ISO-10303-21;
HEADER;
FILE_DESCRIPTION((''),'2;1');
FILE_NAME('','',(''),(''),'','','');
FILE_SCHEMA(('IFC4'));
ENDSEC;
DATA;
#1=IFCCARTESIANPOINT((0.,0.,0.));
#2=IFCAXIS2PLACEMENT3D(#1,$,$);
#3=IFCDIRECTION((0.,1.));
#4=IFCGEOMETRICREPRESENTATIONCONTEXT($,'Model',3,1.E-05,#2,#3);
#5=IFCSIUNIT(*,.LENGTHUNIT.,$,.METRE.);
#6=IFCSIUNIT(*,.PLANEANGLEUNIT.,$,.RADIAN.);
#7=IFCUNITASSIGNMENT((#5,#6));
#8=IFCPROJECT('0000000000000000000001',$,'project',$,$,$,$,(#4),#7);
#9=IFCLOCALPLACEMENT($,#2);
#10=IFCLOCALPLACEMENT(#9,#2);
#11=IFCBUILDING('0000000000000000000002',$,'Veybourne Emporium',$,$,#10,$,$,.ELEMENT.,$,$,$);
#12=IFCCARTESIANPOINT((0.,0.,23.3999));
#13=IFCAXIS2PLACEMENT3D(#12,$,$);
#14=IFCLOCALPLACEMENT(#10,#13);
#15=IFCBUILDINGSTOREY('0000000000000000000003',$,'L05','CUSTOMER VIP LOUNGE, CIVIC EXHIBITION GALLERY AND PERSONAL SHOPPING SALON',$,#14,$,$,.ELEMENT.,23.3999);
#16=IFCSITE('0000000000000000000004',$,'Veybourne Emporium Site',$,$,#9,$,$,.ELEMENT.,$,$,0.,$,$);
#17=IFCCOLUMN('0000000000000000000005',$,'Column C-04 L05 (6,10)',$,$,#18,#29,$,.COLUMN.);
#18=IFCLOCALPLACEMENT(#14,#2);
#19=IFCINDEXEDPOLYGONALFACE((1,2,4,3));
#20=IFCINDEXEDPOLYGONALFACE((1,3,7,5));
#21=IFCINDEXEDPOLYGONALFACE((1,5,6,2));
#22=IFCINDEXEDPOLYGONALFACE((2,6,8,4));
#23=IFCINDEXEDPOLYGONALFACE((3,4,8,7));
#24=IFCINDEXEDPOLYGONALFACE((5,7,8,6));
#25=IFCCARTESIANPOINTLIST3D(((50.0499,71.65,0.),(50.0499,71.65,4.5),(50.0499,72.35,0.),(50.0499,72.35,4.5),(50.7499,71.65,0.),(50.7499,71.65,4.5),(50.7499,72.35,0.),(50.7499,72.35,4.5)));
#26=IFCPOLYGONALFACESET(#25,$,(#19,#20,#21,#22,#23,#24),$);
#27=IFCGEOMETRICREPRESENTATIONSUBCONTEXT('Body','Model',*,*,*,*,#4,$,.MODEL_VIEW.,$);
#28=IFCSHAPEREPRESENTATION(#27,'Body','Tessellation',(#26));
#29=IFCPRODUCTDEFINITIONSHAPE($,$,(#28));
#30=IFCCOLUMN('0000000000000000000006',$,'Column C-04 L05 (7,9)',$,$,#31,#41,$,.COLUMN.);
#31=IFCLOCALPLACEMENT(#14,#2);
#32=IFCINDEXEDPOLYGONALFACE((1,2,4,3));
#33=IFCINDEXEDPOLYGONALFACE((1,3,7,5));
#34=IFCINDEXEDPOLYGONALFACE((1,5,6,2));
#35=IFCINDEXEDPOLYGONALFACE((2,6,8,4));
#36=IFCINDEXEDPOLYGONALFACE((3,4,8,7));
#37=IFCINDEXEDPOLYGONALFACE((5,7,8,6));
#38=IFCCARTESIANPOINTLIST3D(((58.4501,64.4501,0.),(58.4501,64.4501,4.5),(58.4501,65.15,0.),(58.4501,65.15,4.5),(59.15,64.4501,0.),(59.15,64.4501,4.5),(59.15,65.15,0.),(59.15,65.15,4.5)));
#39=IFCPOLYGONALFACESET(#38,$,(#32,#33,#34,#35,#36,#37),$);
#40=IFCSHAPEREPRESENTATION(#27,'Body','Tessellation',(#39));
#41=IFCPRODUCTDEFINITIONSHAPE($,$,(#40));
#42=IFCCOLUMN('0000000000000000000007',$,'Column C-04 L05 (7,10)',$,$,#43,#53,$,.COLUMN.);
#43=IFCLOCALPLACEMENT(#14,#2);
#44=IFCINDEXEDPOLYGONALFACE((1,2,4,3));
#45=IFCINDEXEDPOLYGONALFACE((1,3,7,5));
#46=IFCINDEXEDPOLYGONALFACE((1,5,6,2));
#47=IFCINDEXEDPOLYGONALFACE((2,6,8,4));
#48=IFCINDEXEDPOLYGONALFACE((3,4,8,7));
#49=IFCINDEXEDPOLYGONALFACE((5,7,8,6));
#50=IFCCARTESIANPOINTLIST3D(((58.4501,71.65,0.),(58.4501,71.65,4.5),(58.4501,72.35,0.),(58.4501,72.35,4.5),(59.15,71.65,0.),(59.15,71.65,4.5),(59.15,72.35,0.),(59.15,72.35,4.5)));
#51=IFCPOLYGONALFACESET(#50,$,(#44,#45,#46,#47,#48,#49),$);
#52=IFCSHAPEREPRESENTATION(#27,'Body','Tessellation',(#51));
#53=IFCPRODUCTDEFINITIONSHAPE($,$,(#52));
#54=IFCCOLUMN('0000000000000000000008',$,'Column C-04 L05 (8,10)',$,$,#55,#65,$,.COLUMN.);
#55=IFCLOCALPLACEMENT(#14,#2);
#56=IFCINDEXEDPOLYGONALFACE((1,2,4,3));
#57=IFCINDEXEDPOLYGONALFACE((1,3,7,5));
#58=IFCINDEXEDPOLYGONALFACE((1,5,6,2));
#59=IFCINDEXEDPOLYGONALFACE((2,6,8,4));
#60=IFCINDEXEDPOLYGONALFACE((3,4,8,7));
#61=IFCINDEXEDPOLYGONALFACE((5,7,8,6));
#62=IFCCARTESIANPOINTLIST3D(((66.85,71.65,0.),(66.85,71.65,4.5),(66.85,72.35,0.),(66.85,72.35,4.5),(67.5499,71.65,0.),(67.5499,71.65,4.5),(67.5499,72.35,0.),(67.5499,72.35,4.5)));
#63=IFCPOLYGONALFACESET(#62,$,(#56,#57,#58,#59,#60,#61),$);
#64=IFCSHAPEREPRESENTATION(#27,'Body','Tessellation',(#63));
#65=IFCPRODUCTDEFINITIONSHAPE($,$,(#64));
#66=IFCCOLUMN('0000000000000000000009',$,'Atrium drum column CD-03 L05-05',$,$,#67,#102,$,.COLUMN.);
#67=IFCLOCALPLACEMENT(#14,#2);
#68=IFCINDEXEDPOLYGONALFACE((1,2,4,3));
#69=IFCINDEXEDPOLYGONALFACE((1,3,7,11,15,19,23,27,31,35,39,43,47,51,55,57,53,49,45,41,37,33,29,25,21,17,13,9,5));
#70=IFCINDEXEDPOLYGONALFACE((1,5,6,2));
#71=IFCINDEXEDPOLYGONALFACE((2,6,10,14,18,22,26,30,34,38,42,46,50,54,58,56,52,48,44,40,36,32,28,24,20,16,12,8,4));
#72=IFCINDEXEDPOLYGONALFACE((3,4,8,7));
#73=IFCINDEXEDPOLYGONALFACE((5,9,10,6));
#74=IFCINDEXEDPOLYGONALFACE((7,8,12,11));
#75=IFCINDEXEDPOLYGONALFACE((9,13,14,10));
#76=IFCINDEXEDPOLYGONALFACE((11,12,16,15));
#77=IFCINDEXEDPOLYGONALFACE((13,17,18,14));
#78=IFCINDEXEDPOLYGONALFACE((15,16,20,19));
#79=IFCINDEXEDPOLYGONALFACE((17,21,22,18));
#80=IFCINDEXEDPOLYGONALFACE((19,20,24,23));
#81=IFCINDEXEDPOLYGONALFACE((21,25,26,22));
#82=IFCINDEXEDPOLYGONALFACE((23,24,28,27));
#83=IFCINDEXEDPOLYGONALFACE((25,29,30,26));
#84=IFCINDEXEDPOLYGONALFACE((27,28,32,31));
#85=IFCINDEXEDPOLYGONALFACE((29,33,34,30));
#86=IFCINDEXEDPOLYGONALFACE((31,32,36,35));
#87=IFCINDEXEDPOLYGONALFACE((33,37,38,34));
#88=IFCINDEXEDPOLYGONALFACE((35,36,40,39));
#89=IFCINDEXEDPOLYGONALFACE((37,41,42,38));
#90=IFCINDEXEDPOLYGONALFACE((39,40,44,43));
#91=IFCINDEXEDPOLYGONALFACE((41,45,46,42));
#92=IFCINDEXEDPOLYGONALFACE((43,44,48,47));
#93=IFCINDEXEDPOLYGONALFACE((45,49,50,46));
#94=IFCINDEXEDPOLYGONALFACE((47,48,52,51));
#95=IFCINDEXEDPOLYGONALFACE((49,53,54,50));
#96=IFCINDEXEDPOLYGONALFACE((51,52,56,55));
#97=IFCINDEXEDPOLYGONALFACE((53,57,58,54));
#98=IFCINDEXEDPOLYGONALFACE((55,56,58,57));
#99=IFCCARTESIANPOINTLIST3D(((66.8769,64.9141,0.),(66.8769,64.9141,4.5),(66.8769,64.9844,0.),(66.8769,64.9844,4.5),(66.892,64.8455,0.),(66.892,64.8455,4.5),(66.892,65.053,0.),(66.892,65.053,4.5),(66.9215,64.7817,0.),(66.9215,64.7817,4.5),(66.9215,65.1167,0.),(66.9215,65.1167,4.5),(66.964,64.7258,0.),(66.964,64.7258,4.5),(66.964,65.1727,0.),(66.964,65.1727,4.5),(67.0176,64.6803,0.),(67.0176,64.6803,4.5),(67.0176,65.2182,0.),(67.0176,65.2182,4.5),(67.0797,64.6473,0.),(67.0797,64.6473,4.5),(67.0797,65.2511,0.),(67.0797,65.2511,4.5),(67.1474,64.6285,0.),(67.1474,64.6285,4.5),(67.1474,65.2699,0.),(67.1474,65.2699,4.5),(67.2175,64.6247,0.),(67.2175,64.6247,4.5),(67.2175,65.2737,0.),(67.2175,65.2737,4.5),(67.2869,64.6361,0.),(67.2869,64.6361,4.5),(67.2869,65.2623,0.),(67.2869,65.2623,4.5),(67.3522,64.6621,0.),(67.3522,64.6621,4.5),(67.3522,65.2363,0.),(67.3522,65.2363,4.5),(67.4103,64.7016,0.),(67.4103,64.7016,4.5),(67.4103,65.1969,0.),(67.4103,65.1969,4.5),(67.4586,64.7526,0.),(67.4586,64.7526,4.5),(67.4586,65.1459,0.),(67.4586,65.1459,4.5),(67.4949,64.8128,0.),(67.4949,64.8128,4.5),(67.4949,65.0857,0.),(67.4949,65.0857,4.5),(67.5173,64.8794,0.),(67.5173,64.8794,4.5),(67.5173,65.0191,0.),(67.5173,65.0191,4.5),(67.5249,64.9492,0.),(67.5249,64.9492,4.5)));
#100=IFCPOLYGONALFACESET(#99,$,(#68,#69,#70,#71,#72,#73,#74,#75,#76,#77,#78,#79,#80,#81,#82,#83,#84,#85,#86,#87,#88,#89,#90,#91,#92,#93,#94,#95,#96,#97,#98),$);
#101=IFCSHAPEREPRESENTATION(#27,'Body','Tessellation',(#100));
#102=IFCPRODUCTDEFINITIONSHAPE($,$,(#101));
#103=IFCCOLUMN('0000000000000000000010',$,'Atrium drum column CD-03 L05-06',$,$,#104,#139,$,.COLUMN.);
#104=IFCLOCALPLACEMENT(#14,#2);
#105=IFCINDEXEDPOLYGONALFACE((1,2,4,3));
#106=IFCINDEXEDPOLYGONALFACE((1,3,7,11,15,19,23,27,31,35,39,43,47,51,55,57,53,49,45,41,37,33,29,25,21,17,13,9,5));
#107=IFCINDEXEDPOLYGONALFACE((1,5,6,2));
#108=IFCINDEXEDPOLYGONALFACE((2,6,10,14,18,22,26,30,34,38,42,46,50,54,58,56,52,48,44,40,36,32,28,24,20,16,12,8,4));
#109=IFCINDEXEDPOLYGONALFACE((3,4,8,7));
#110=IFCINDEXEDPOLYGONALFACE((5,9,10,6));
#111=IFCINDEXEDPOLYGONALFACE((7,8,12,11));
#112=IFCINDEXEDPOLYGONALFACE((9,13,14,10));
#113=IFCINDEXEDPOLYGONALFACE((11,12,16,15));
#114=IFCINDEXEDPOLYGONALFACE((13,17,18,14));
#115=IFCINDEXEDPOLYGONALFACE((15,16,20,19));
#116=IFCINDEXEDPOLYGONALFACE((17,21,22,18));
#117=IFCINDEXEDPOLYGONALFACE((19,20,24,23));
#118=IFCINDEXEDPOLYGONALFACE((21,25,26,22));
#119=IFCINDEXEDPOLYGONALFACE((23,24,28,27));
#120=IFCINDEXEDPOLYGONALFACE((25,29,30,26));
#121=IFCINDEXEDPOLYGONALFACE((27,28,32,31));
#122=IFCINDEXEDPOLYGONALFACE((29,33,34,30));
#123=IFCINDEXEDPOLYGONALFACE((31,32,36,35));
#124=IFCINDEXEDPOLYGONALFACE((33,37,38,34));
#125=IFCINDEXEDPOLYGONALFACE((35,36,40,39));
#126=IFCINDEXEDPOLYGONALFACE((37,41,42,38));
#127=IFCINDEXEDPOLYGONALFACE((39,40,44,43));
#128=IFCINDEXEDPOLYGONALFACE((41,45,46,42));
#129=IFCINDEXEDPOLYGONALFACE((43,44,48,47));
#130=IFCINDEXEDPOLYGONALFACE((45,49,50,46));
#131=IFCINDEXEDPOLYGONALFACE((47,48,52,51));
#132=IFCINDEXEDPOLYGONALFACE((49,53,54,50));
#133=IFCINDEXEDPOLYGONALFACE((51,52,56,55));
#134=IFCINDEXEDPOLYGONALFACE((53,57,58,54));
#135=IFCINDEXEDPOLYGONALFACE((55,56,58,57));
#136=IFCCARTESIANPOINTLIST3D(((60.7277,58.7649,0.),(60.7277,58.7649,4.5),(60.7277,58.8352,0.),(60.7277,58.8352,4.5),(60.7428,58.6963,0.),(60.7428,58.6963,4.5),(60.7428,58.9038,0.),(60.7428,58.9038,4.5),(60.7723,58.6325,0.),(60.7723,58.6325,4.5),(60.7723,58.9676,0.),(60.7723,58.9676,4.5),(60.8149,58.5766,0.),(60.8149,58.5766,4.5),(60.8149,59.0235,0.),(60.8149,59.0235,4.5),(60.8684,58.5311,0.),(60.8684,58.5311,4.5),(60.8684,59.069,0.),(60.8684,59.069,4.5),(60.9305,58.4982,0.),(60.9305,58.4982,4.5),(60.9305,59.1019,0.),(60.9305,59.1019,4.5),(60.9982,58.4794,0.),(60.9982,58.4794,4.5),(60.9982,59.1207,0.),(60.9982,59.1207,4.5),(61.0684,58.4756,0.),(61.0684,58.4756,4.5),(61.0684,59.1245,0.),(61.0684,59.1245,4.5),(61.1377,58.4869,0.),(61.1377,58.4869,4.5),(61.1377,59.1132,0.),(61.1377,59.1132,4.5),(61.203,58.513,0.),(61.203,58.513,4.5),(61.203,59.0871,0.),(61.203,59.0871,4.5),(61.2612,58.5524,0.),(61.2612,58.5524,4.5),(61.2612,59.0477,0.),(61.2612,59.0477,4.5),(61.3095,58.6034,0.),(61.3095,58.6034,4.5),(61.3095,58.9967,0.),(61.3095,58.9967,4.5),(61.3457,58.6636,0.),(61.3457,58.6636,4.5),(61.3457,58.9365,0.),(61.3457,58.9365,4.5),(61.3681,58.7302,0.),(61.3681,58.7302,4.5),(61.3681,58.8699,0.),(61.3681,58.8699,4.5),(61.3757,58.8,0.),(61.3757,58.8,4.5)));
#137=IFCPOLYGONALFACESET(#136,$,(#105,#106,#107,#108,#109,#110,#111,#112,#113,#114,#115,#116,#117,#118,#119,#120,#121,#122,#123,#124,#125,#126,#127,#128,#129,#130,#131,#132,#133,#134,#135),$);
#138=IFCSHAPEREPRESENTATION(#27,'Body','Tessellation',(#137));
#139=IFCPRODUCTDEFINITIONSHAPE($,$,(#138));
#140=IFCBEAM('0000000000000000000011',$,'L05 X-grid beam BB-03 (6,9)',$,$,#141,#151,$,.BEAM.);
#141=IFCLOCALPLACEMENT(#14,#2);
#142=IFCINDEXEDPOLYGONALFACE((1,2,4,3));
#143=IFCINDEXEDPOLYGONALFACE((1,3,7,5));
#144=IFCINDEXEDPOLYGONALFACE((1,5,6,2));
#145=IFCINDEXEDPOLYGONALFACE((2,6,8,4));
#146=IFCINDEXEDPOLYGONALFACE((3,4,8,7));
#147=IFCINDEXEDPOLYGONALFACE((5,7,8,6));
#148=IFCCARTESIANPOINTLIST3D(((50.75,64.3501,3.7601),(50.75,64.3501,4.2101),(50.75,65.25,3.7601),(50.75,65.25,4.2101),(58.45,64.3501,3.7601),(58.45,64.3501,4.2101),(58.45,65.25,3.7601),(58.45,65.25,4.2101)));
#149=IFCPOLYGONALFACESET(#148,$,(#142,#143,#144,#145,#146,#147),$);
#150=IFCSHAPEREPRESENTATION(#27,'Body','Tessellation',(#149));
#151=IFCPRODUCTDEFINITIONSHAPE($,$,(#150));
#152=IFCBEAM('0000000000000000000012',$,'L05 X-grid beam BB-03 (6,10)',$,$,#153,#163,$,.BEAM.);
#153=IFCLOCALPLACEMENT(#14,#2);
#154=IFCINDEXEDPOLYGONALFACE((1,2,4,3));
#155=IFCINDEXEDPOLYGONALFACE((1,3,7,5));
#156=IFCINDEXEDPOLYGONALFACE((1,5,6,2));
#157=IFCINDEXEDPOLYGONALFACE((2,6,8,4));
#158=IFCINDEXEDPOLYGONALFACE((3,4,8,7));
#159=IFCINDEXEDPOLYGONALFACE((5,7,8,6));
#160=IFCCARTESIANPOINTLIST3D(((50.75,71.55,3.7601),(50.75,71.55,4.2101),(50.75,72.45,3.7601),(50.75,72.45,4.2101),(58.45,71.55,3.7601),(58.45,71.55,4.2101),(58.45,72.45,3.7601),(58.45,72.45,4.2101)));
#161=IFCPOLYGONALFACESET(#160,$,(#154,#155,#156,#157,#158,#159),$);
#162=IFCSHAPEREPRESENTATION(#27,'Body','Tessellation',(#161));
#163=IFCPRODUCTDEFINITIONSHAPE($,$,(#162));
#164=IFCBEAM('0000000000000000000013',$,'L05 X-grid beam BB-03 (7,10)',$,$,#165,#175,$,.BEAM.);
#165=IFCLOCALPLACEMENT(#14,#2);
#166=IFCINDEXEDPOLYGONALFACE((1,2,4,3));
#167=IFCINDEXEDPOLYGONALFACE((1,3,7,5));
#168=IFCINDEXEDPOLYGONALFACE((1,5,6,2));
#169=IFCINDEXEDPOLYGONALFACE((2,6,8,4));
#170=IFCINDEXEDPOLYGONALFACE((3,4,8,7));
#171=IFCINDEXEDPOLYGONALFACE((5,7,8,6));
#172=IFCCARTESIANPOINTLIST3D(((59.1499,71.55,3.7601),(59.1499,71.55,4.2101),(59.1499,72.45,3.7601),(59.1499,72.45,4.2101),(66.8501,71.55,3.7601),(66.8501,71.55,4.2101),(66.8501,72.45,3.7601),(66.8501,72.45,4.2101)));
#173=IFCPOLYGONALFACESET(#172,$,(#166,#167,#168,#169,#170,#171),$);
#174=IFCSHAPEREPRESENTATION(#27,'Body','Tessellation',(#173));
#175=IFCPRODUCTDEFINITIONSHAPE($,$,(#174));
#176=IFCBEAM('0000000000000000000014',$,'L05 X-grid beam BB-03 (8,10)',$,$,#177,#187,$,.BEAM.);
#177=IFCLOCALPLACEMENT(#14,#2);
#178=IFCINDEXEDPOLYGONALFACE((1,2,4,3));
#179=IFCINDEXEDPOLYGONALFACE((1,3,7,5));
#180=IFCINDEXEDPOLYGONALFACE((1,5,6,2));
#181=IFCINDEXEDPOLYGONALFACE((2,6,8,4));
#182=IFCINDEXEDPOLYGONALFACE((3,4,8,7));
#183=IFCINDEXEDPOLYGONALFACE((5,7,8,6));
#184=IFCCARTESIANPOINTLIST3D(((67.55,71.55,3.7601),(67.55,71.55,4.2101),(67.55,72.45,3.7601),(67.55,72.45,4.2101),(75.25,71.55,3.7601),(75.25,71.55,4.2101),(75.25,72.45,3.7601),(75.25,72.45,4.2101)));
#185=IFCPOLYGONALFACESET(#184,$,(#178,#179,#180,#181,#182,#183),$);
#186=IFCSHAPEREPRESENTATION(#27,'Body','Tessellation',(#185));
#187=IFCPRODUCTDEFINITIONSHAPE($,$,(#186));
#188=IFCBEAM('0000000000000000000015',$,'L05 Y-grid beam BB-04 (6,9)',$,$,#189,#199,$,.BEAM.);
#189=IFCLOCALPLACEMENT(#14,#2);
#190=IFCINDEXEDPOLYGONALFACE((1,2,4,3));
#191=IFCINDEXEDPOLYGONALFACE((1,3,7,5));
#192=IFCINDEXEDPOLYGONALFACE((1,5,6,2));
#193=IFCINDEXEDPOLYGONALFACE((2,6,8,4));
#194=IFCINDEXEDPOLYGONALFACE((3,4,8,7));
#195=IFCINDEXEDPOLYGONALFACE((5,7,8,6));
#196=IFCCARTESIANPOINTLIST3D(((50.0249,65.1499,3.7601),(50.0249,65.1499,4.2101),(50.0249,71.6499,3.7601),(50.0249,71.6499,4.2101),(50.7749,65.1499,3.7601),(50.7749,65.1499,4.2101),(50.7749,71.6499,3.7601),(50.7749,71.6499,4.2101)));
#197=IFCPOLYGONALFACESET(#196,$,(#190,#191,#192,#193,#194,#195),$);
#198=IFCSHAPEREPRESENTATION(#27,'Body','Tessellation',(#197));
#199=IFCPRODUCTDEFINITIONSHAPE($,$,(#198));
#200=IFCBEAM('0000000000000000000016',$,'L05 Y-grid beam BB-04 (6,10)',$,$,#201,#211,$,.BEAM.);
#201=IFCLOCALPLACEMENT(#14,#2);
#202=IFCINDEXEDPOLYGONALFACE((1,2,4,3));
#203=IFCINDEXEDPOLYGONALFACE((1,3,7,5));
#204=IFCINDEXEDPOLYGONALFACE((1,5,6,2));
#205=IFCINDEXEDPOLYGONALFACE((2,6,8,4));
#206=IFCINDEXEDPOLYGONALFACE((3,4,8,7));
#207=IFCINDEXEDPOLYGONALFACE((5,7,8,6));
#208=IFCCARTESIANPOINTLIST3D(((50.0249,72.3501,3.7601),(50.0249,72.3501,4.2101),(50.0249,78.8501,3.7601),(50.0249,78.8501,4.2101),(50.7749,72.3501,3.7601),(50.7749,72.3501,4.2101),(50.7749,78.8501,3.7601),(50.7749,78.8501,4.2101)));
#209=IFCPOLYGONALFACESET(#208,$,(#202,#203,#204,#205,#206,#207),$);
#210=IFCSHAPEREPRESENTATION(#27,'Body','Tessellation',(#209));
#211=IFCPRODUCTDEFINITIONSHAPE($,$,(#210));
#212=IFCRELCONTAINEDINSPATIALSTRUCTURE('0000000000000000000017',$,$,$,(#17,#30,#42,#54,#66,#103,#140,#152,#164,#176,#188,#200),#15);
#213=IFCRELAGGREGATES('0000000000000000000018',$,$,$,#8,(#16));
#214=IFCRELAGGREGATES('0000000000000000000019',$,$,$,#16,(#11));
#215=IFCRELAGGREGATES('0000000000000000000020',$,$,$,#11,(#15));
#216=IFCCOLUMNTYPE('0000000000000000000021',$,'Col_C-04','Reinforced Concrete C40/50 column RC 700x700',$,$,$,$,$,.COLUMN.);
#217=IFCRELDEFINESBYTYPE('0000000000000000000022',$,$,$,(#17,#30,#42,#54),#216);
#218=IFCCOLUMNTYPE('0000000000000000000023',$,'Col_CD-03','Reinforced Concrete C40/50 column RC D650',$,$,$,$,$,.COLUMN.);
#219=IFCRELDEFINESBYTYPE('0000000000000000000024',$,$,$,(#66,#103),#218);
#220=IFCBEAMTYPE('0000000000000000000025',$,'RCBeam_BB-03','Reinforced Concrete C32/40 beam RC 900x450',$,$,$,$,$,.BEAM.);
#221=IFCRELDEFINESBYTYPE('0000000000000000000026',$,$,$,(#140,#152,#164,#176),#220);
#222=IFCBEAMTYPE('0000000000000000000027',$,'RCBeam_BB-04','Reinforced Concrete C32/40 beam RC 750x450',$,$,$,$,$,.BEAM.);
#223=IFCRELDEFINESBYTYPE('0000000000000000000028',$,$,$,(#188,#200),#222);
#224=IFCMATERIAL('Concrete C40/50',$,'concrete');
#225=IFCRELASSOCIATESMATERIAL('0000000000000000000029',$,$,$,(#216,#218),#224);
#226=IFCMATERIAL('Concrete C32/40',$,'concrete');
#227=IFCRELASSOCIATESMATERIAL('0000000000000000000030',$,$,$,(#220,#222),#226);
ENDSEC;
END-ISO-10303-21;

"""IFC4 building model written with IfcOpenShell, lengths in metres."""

from ifc_helpers import new_model, si_unit, direction, frame, origin, origin_2d, place, context, subcontext, project, spatial, rectangle, circle, extrude, material, material_profile, profile_set, type_object, element, save


model = new_model("IFC4")

# Units and contexts
model_context = context("Model", 3, precision=1e-05, world=origin(), true_north=direction((0.0, 1.0)))
body_context = subcontext(model_context, "Body", "Model", "MODEL_VIEW")
ifc_project = project(units=[si_unit("LENGTHUNIT", "METRE"), si_unit("PLANEANGLEUNIT", "RADIAN")], contexts=[model_context])

# Site, building, storey
site_placement = place(None, origin())
site = spatial("IfcSite", under=ifc_project, at=site_placement, Name="Veybourne Emporium Site", CompositionType="ELEMENT", RefElevation=0.0)
building_placement = place(site_placement, origin())
building = spatial("IfcBuilding", under=site, at=building_placement, Name="Veybourne Emporium", CompositionType="ELEMENT")
storey_placement = place(building_placement, frame((0.0, 0.0, 23.3999)))
storey = spatial("IfcBuildingStorey", under=building, at=storey_placement, Name="L05", Description="CUSTOMER VIP LOUNGE, CIVIC EXHIBITION GALLERY AND PERSONAL SHOPPING SALON", CompositionType="ELEMENT", Elevation=23.3999)

# Columns
ifc_material_1 = material(Name="Concrete C40/50", Category="concrete")
ifc_material_profile_1 = material_profile(ifc_material_1, rectangle(XDim=0.7, YDim=0.7, at=origin_2d()), Name="RC 700x700")
ifc_profile_set_1 = profile_set([ifc_material_profile_1], Name="Concrete C40/50")
column_type_1 = type_object("IfcColumnType", Name="Col_C-04", Description="Reinforced Concrete C40/50 column RC 700x700", PredefinedType="COLUMN", material=ifc_profile_set_1)
for number, where, z_axis, x_axis, name in (
    (1, (50.3999, 72.0, 0.0), (0.0, 0.0, 1.0), (1.0, 0.0, 0.0), "Column C-04 L05 (6,10)"),
    (2, (58.8, 64.8, 0.0), (0.0, 0.0, 1.0), (1.0, 0.0, 0.0), "Column C-04 L05 (7,9)"),
    (3, (58.8, 72.0, 0.0), (0.0, 0.0, 1.0), (1.0, 0.0, 0.0), "Column C-04 L05 (7,10)"),
    (4, (67.2, 72.0, 0.0), (0.0, 0.0, 1.0), (1.0, 0.0, 0.0), "Column C-04 L05 (8,10)"),
):
    element("IfcColumn", number, at=place(storey_placement, frame(where, z_axis=z_axis, x_axis=x_axis)), inside=storey, type_object=column_type_1, Name=name, PredefinedType="COLUMN", context=body_context, shape_type="SweptSolid", body=[
        extrude(rectangle(XDim=0.7, YDim=0.7, at=origin_2d()), origin(), (0.0, 0.0, 1.0), 4.5),
    ])
ifc_material_profile_2 = material_profile(ifc_material_1, circle(Radius=0.325, at=origin_2d()), Name="RC D650")
ifc_profile_set_2 = profile_set([ifc_material_profile_2], Name="Concrete C40/50")
column_type_2 = type_object("IfcColumnType", Name="Col_CD-03", Description="Reinforced Concrete C40/50 column RC D650", PredefinedType="COLUMN", material=ifc_profile_set_2)
for number, where, z_axis, x_axis, name in (
    (5, (67.2, 64.9492, 0.0), (0.0, 0.0, 1.0), (1.0, 0.0, 0.0), "Atrium drum column CD-03 L05-05"),
    (6, (61.0508, 58.8, 0.0), (0.0, 0.0, 1.0), (1.0, 0.0, 0.0), "Atrium drum column CD-03 L05-06"),
):
    element("IfcColumn", number, at=place(storey_placement, frame(where, z_axis=z_axis, x_axis=x_axis)), inside=storey, type_object=column_type_2, Name=name, PredefinedType="COLUMN", context=body_context, shape_type="SweptSolid", body=[
        extrude(circle(Radius=0.325, at=origin_2d()), origin(), (0.0, 0.0, 1.0), 4.5),
    ])

# Beams
ifc_material_2 = material(Name="Concrete C32/40", Category="concrete")
ifc_material_profile_3 = material_profile(ifc_material_2, rectangle(XDim=0.8999, YDim=0.45, at=origin_2d()), Name="RC 900x450")
ifc_profile_set_3 = profile_set([ifc_material_profile_3], Name="Concrete C32/40")
beam_type_1 = type_object("IfcBeamType", Name="RCBeam_BB-03", Description="Reinforced Concrete C32/40 beam RC 900x450", PredefinedType="BEAM", material=ifc_profile_set_3)
for number, where, z_axis, x_axis, name in (
    (7, (50.75, 64.8, 3.9851), (1.0, 0.0, 0.0), (0.0, 1.0, 0.0), "L05 X-grid beam BB-03 (6,9)"),
    (8, (50.75, 72.0, 3.9851), (1.0, 0.0, 0.0), (0.0, 1.0, 0.0), "L05 X-grid beam BB-03 (6,10)"),
):
    element("IfcBeam", number, at=place(storey_placement, frame(where, z_axis=z_axis, x_axis=x_axis)), inside=storey, type_object=beam_type_1, Name=name, PredefinedType="BEAM", context=body_context, shape_type="SweptSolid", body=[
        extrude(rectangle(XDim=0.8999, YDim=0.45, at=origin_2d()), origin(), (0.0, 0.0, 1.0), 7.7),
    ])
beam_1_placement = place(storey_placement, frame((59.1499, 72.0, 3.9851), z_axis=(1.0, 0.0, 0.0), x_axis=(0.0, 1.0, 0.0)))
element("IfcBeam", 9, at=beam_1_placement, inside=storey, type_object=beam_type_1, Name="L05 X-grid beam BB-03 (7,10)", PredefinedType="BEAM", context=body_context, shape_type="SweptSolid", body=[
    extrude(rectangle(XDim=0.8999, YDim=0.45, at=origin_2d()), origin(), (0.0, 0.0, 1.0), 7.7002),
])
beam_2_placement = place(storey_placement, frame((67.55, 72.0, 3.9851), z_axis=(1.0, 0.0, 0.0), x_axis=(0.0, 1.0, 0.0)))
element("IfcBeam", 10, at=beam_2_placement, inside=storey, type_object=beam_type_1, Name="L05 X-grid beam BB-03 (8,10)", PredefinedType="BEAM", context=body_context, shape_type="SweptSolid", body=[
    extrude(rectangle(XDim=0.8999, YDim=0.45, at=origin_2d()), origin(), (0.0, 0.0, 1.0), 7.7),
])
ifc_material_profile_4 = material_profile(ifc_material_2, rectangle(XDim=0.75, YDim=0.45, at=origin_2d()), Name="RC 750x450")
ifc_profile_set_4 = profile_set([ifc_material_profile_4], Name="Concrete C32/40")
beam_type_2 = type_object("IfcBeamType", Name="RCBeam_BB-04", Description="Reinforced Concrete C32/40 beam RC 750x450", PredefinedType="BEAM", material=ifc_profile_set_4)
for number, where, z_axis, x_axis, name in (
    (11, (50.3999, 65.1499, 3.9851), (0.0, 1.0, 0.0), (-1.0, 0.0, 0.0), "L05 Y-grid beam BB-04 (6,9)"),
    (12, (50.3999, 72.3501, 3.9851), (0.0, 1.0, 0.0), (-1.0, 0.0, 0.0), "L05 Y-grid beam BB-04 (6,10)"),
):
    element("IfcBeam", number, at=place(storey_placement, frame(where, z_axis=z_axis, x_axis=x_axis)), inside=storey, type_object=beam_type_2, Name=name, PredefinedType="BEAM", context=body_context, shape_type="SweptSolid", body=[
        extrude(rectangle(XDim=0.75, YDim=0.45, at=origin_2d()), origin(), (0.0, 0.0, 1.0), 6.5),
    ])

save(model, "model.ifc")
